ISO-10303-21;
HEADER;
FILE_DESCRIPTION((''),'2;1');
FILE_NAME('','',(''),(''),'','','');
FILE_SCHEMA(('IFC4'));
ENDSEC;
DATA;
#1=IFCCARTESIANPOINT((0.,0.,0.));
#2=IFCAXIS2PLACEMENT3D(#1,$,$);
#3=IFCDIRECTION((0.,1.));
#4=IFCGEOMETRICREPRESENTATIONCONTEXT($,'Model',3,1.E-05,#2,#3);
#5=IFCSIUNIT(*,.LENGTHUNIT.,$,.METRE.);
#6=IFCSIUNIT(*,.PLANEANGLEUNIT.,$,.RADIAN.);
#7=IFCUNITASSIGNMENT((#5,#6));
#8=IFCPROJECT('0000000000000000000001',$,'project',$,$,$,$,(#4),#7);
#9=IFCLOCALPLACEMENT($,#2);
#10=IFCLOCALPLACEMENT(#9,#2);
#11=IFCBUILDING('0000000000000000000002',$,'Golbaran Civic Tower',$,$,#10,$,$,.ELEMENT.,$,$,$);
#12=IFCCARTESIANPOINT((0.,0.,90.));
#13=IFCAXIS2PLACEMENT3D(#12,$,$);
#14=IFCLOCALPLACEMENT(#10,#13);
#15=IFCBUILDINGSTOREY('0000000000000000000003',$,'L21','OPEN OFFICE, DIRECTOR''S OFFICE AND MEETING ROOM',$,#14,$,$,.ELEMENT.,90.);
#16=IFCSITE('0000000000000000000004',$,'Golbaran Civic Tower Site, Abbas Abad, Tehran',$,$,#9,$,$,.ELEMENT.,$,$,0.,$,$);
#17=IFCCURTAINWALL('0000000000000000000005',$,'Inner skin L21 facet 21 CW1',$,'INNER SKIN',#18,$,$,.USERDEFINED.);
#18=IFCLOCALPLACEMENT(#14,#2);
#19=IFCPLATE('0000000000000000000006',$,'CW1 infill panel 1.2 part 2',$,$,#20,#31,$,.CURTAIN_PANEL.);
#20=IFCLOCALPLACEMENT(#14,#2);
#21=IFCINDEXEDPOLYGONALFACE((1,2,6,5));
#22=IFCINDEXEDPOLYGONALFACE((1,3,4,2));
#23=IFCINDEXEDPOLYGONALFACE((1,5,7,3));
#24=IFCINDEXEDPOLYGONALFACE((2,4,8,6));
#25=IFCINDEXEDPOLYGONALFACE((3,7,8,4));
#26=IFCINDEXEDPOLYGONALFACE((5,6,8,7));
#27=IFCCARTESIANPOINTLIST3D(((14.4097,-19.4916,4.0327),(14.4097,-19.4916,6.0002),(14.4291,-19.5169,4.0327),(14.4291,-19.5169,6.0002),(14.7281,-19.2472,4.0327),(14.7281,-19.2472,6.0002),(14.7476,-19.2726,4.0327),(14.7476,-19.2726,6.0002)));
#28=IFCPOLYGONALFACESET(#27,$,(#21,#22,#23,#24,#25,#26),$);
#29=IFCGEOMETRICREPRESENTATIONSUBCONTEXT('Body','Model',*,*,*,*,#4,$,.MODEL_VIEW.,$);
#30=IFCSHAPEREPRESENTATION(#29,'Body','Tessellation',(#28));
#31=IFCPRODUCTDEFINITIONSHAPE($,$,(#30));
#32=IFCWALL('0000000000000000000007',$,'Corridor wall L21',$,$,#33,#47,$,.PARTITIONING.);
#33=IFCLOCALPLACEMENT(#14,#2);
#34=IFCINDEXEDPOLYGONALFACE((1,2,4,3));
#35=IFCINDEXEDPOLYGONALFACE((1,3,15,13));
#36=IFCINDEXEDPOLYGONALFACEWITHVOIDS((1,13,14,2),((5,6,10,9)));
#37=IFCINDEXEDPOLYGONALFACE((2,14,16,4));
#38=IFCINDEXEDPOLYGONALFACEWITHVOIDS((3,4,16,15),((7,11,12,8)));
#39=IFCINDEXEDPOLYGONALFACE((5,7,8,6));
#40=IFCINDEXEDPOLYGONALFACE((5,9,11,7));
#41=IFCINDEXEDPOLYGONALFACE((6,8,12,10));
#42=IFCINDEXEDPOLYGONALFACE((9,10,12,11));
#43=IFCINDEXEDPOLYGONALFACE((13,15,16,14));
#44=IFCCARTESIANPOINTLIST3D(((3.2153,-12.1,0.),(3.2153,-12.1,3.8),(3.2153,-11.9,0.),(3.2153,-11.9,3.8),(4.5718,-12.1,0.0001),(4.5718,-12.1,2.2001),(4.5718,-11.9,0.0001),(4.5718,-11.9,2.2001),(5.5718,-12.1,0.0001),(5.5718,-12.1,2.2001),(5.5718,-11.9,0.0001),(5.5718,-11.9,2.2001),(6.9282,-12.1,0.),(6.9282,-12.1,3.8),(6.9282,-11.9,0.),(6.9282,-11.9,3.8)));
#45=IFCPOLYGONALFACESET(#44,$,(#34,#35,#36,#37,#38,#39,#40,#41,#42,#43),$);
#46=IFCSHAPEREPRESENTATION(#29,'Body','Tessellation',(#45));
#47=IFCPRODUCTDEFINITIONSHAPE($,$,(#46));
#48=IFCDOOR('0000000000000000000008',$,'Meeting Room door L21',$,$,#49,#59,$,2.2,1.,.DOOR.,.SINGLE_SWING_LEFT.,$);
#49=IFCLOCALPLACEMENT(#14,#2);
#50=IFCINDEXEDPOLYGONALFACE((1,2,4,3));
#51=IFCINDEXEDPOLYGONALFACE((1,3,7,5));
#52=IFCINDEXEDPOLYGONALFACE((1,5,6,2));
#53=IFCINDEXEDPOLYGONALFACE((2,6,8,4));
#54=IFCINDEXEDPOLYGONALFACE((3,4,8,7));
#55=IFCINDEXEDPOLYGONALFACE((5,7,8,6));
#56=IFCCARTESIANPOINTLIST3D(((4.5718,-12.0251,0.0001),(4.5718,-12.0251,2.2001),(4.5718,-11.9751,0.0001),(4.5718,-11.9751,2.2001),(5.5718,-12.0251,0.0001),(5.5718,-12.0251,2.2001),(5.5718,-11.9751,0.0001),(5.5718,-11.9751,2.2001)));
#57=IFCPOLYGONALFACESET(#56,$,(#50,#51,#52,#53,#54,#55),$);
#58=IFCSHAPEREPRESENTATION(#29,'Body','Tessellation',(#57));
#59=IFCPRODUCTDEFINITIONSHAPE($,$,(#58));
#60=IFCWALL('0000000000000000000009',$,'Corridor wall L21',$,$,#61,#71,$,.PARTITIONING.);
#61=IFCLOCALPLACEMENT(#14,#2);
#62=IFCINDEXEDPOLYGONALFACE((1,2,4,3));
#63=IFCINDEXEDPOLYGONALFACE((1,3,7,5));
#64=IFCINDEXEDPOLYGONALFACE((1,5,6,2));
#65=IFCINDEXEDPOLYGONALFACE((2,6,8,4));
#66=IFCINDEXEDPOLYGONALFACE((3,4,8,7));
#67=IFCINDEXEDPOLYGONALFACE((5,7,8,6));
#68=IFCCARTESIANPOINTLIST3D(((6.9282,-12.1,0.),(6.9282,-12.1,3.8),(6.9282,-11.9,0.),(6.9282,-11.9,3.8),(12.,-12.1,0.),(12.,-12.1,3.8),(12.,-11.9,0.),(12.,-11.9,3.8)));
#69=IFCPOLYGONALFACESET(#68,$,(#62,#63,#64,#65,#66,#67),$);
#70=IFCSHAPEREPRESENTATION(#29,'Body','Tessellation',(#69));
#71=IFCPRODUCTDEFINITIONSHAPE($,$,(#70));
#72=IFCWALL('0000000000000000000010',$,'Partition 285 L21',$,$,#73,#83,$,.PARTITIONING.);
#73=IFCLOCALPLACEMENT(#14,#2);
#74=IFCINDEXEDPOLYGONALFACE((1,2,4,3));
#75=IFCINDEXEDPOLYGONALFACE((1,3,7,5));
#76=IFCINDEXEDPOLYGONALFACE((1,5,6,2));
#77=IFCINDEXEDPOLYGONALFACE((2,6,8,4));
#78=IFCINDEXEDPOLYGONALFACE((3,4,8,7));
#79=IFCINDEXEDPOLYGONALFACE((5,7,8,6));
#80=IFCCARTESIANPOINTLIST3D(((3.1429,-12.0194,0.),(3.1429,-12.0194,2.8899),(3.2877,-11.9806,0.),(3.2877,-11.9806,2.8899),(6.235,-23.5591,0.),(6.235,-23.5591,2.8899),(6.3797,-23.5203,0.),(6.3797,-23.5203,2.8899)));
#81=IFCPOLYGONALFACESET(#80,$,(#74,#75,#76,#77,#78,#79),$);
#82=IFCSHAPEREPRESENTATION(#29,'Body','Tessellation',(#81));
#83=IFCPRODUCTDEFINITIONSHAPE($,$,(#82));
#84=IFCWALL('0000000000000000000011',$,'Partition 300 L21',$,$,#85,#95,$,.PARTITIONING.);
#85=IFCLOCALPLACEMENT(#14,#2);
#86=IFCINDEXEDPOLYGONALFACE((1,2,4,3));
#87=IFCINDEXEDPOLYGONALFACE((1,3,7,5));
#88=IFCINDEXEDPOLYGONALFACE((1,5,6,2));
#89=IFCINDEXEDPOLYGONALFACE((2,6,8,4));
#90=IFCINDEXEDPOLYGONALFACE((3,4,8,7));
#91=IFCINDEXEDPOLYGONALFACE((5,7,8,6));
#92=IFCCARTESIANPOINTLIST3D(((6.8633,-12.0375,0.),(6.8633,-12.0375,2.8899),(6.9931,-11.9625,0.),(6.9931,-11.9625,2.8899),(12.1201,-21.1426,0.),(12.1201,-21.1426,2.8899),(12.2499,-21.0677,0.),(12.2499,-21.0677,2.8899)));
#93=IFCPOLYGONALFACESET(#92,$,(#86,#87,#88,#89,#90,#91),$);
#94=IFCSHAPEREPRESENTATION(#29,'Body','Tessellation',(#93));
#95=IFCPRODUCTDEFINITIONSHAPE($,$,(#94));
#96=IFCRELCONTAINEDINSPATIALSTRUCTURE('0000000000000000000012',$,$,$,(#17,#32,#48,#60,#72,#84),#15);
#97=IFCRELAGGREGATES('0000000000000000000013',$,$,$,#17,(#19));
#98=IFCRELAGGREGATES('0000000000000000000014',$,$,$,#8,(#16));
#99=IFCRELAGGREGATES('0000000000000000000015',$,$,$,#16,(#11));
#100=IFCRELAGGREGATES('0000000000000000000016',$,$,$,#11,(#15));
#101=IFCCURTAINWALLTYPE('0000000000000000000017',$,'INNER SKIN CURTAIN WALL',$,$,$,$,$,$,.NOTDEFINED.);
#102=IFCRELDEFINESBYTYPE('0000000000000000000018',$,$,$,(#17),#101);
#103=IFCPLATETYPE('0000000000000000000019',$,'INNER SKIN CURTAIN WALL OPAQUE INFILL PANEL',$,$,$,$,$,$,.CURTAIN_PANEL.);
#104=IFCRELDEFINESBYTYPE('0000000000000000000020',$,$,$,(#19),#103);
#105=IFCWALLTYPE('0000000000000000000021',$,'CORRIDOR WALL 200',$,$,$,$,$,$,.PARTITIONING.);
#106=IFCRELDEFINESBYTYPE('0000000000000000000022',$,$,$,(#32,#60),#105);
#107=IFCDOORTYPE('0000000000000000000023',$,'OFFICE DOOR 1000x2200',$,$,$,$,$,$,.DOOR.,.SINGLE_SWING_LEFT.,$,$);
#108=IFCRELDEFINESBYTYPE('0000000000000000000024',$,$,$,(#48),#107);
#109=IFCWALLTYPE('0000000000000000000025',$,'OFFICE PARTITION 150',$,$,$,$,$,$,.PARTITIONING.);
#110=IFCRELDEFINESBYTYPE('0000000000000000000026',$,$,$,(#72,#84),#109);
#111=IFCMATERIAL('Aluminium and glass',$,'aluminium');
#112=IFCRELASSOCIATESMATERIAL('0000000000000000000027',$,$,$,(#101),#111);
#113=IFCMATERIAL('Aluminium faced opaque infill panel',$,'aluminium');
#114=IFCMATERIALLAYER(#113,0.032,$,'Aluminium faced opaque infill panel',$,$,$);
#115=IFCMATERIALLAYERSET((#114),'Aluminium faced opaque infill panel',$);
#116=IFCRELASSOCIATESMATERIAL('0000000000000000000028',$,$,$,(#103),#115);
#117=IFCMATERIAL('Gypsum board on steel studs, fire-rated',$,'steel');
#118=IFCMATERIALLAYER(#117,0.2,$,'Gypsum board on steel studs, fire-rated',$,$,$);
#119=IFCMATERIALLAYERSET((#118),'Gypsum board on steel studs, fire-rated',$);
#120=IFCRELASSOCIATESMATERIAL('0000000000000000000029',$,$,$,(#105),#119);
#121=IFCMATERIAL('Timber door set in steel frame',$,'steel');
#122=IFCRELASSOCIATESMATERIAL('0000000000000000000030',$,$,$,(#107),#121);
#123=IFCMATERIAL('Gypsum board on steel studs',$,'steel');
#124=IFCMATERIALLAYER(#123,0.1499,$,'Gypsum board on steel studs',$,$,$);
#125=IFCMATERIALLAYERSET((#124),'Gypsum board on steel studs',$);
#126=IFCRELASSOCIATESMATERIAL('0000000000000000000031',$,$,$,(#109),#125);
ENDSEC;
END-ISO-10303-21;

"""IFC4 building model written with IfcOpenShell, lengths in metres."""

from ifc_helpers import new_model, si_unit, direction, frame, frame_2d, origin, origin_2d, place, context, subcontext, project, spatial, rectangle, extrude, material, layer, layer_set, type_object, element, fill, aggregate, save


model = new_model("IFC4")

# Units and contexts
model_context = context("Model", 3, precision=1e-05, world=origin(), true_north=direction((0.0, 1.0)))
body_context = subcontext(model_context, "Body", "Model", "MODEL_VIEW")
ifc_project = project(units=[si_unit("LENGTHUNIT", "METRE"), si_unit("PLANEANGLEUNIT", "RADIAN")], contexts=[model_context])

# Site, building, storey
site_placement = place(None, origin())
site = spatial("IfcSite", under=ifc_project, at=site_placement, Name="Golbaran Civic Tower Site, Abbas Abad, Tehran", CompositionType="ELEMENT", RefElevation=0.0)
building_placement = place(site_placement, origin())
building = spatial("IfcBuilding", under=site, at=building_placement, Name="Golbaran Civic Tower", CompositionType="ELEMENT")
storey_placement = place(building_placement, frame((0.0, 0.0, 90.0)))
storey = spatial("IfcBuildingStorey", under=building, at=storey_placement, Name="L21", Description="OPEN OFFICE, DIRECTOR'S OFFICE AND MEETING ROOM", CompositionType="ELEMENT", Elevation=90.0)

# Shared definitions
ifc_material_1 = material(Name="Aluminium and glass", Category="aluminium")
curtain_wall_type = type_object("IfcCurtainWallType", Name="INNER SKIN CURTAIN WALL", PredefinedType="NOTDEFINED", material=ifc_material_1)

# Curtain wall
curtain_wall_1_placement = place(storey_placement, origin())
curtain_wall_1 = element("IfcCurtainWall", 1, at=curtain_wall_1_placement, inside=storey, type_object=curtain_wall_type, Name="Inner skin L21 facet 21 CW1", ObjectType="INNER SKIN", PredefinedType="USERDEFINED")

# Plate
ifc_material_2 = material(Name="Aluminium faced opaque infill panel", Category="aluminium")
ifc_layer_1 = layer(ifc_material_2, 0.032, Name="Aluminium faced opaque infill panel")
ifc_layer_set_1 = layer_set([ifc_layer_1], Name="Aluminium faced opaque infill panel")
plate_type_1 = type_object("IfcPlateType", Name="INNER SKIN CURTAIN WALL OPAQUE INFILL PANEL", PredefinedType="CURTAIN_PANEL", material=ifc_layer_set_1)
plate_1_placement = place(storey_placement, frame((14.5786, -19.3821, 4.0327), z_axis=(0.0, 0.0, 1.0), x_axis=(0.793353, 0.608761, 0.0)))
plate_1 = element("IfcPlate", 2, at=plate_1_placement, type_object=plate_type_1, Name="CW1 infill panel 1.2 part 2", PredefinedType="CURTAIN_PANEL", context=body_context, shape_type="SweptSolid", body=[
    extrude(rectangle(XDim=0.4014, YDim=0.032, at=origin_2d()), origin(), (0.0, 0.0, 1.0), 1.9675),
])
aggregate(curtain_wall_1, [plate_1])

# Wall, opening, door
ifc_material_3 = material(Name="Gypsum board on steel studs, fire-rated", Category="steel")
ifc_layer_2 = layer(ifc_material_3, 0.2, Name="Gypsum board on steel studs, fire-rated")
ifc_layer_set_2 = layer_set([ifc_layer_2], Name="Gypsum board on steel studs, fire-rated")
wall_type_1 = type_object("IfcWallType", Name="CORRIDOR WALL 200", PredefinedType="PARTITIONING", material=ifc_layer_set_2)
wall_1_placement = place(storey_placement, frame((3.2153, -12.0, 0.0), z_axis=(0.0, 0.0, 1.0), x_axis=(1.0, 0.0, 0.0)))
wall_1 = element("IfcWall", 3, at=wall_1_placement, inside=storey, type_object=wall_type_1, Name="Corridor wall L21", PredefinedType="PARTITIONING", context=body_context, shape_type="SweptSolid", body=[
    extrude(rectangle(XDim=3.7129, YDim=0.2, at=frame_2d((1.8564, 0.0))), origin(), (0.0, 0.0, 1.0), 3.8),
])
opening_placement = place(wall_1_placement, frame((1.3564, 0.0, 0.0)))
opening = element("IfcOpeningElement", 4, at=opening_placement, cuts=wall_1, PredefinedType="OPENING", context=body_context, shape_type="SweptSolid", body=[
    extrude(rectangle(XDim=1.0, YDim=2.2, at=frame_2d((0.5, 1.1001))), frame((0.0, 0.1099, 0.0), z_axis=(0.0, -1.0, 0.0), x_axis=(1.0, 0.0, 0.0)), (0.0, 0.0, 1.0), 0.22),
])
ifc_material_4 = material(Name="Timber door set in steel frame", Category="steel")
door_type = type_object("IfcDoorType", Name="OFFICE DOOR 1000x2200", OperationType="SINGLE_SWING_LEFT", PredefinedType="DOOR", material=ifc_material_4)
door_placement = place(opening_placement, origin())
door = element("IfcDoor", 5, at=door_placement, inside=storey, type_object=door_type, Name="Meeting Room door L21", OperationType="SINGLE_SWING_LEFT", OverallHeight=2.2, OverallWidth=1.0, PredefinedType="DOOR", context=body_context, shape_type="SweptSolid", body=[
    extrude(rectangle(XDim=1.0, YDim=2.2, at=frame_2d((0.5, 1.1001))), frame((0.0, 0.0249, 0.0), z_axis=(0.0, -1.0, 0.0), x_axis=(1.0, 0.0, 0.0)), (0.0, 0.0, 1.0), 0.05),
])
fill(opening, door)

# Walls
wall_2_placement = place(storey_placement, frame((6.9282, -12.0, 0.0), z_axis=(0.0, 0.0, 1.0), x_axis=(1.0, 0.0, 0.0)))
element("IfcWall", 6, at=wall_2_placement, inside=storey, type_object=wall_type_1, Name="Corridor wall L21", PredefinedType="PARTITIONING", context=body_context, shape_type="SweptSolid", body=[
    extrude(rectangle(XDim=5.0718, YDim=0.2, at=frame_2d((2.5359, 0.0))), origin(), (0.0, 0.0, 1.0), 3.8),
])
ifc_material_5 = material(Name="Gypsum board on steel studs", Category="steel")
ifc_layer_3 = layer(ifc_material_5, 0.1499, Name="Gypsum board on steel studs")
ifc_layer_set_3 = layer_set([ifc_layer_3], Name="Gypsum board on steel studs")
wall_type_2 = type_object("IfcWallType", Name="OFFICE PARTITION 150", PredefinedType="PARTITIONING", material=ifc_layer_set_3)
wall_3_placement = place(storey_placement, frame((3.2153, -12.0, 0.0), z_axis=(0.0, 0.0, 1.0), x_axis=(0.258816, -0.965927, 0.0)))
element("IfcWall", 7, at=wall_3_placement, inside=storey, type_object=wall_type_2, Name="Partition 285 L21", PredefinedType="PARTITIONING", context=body_context, shape_type="SweptSolid", body=[
    extrude(rectangle(XDim=11.9468, YDim=0.1499, at=frame_2d((5.9734, 0.0))), origin(), (0.0, 0.0, 1.0), 2.8899),
])
wall_4_placement = place(storey_placement, frame((6.9282, -12.0, 0.0), z_axis=(0.0, 0.0, 1.0), x_axis=(0.499995, -0.866028, 0.0)))
element("IfcWall", 8, at=wall_4_placement, inside=storey, type_object=wall_type_2, Name="Partition 300 L21", PredefinedType="PARTITIONING", context=body_context, shape_type="SweptSolid", body=[
    extrude(rectangle(XDim=10.5137, YDim=0.1499, at=frame_2d((5.2568, 0.0))), origin(), (0.0, 0.0, 1.0), 2.8899),
])

save(model, "model.ifc")
